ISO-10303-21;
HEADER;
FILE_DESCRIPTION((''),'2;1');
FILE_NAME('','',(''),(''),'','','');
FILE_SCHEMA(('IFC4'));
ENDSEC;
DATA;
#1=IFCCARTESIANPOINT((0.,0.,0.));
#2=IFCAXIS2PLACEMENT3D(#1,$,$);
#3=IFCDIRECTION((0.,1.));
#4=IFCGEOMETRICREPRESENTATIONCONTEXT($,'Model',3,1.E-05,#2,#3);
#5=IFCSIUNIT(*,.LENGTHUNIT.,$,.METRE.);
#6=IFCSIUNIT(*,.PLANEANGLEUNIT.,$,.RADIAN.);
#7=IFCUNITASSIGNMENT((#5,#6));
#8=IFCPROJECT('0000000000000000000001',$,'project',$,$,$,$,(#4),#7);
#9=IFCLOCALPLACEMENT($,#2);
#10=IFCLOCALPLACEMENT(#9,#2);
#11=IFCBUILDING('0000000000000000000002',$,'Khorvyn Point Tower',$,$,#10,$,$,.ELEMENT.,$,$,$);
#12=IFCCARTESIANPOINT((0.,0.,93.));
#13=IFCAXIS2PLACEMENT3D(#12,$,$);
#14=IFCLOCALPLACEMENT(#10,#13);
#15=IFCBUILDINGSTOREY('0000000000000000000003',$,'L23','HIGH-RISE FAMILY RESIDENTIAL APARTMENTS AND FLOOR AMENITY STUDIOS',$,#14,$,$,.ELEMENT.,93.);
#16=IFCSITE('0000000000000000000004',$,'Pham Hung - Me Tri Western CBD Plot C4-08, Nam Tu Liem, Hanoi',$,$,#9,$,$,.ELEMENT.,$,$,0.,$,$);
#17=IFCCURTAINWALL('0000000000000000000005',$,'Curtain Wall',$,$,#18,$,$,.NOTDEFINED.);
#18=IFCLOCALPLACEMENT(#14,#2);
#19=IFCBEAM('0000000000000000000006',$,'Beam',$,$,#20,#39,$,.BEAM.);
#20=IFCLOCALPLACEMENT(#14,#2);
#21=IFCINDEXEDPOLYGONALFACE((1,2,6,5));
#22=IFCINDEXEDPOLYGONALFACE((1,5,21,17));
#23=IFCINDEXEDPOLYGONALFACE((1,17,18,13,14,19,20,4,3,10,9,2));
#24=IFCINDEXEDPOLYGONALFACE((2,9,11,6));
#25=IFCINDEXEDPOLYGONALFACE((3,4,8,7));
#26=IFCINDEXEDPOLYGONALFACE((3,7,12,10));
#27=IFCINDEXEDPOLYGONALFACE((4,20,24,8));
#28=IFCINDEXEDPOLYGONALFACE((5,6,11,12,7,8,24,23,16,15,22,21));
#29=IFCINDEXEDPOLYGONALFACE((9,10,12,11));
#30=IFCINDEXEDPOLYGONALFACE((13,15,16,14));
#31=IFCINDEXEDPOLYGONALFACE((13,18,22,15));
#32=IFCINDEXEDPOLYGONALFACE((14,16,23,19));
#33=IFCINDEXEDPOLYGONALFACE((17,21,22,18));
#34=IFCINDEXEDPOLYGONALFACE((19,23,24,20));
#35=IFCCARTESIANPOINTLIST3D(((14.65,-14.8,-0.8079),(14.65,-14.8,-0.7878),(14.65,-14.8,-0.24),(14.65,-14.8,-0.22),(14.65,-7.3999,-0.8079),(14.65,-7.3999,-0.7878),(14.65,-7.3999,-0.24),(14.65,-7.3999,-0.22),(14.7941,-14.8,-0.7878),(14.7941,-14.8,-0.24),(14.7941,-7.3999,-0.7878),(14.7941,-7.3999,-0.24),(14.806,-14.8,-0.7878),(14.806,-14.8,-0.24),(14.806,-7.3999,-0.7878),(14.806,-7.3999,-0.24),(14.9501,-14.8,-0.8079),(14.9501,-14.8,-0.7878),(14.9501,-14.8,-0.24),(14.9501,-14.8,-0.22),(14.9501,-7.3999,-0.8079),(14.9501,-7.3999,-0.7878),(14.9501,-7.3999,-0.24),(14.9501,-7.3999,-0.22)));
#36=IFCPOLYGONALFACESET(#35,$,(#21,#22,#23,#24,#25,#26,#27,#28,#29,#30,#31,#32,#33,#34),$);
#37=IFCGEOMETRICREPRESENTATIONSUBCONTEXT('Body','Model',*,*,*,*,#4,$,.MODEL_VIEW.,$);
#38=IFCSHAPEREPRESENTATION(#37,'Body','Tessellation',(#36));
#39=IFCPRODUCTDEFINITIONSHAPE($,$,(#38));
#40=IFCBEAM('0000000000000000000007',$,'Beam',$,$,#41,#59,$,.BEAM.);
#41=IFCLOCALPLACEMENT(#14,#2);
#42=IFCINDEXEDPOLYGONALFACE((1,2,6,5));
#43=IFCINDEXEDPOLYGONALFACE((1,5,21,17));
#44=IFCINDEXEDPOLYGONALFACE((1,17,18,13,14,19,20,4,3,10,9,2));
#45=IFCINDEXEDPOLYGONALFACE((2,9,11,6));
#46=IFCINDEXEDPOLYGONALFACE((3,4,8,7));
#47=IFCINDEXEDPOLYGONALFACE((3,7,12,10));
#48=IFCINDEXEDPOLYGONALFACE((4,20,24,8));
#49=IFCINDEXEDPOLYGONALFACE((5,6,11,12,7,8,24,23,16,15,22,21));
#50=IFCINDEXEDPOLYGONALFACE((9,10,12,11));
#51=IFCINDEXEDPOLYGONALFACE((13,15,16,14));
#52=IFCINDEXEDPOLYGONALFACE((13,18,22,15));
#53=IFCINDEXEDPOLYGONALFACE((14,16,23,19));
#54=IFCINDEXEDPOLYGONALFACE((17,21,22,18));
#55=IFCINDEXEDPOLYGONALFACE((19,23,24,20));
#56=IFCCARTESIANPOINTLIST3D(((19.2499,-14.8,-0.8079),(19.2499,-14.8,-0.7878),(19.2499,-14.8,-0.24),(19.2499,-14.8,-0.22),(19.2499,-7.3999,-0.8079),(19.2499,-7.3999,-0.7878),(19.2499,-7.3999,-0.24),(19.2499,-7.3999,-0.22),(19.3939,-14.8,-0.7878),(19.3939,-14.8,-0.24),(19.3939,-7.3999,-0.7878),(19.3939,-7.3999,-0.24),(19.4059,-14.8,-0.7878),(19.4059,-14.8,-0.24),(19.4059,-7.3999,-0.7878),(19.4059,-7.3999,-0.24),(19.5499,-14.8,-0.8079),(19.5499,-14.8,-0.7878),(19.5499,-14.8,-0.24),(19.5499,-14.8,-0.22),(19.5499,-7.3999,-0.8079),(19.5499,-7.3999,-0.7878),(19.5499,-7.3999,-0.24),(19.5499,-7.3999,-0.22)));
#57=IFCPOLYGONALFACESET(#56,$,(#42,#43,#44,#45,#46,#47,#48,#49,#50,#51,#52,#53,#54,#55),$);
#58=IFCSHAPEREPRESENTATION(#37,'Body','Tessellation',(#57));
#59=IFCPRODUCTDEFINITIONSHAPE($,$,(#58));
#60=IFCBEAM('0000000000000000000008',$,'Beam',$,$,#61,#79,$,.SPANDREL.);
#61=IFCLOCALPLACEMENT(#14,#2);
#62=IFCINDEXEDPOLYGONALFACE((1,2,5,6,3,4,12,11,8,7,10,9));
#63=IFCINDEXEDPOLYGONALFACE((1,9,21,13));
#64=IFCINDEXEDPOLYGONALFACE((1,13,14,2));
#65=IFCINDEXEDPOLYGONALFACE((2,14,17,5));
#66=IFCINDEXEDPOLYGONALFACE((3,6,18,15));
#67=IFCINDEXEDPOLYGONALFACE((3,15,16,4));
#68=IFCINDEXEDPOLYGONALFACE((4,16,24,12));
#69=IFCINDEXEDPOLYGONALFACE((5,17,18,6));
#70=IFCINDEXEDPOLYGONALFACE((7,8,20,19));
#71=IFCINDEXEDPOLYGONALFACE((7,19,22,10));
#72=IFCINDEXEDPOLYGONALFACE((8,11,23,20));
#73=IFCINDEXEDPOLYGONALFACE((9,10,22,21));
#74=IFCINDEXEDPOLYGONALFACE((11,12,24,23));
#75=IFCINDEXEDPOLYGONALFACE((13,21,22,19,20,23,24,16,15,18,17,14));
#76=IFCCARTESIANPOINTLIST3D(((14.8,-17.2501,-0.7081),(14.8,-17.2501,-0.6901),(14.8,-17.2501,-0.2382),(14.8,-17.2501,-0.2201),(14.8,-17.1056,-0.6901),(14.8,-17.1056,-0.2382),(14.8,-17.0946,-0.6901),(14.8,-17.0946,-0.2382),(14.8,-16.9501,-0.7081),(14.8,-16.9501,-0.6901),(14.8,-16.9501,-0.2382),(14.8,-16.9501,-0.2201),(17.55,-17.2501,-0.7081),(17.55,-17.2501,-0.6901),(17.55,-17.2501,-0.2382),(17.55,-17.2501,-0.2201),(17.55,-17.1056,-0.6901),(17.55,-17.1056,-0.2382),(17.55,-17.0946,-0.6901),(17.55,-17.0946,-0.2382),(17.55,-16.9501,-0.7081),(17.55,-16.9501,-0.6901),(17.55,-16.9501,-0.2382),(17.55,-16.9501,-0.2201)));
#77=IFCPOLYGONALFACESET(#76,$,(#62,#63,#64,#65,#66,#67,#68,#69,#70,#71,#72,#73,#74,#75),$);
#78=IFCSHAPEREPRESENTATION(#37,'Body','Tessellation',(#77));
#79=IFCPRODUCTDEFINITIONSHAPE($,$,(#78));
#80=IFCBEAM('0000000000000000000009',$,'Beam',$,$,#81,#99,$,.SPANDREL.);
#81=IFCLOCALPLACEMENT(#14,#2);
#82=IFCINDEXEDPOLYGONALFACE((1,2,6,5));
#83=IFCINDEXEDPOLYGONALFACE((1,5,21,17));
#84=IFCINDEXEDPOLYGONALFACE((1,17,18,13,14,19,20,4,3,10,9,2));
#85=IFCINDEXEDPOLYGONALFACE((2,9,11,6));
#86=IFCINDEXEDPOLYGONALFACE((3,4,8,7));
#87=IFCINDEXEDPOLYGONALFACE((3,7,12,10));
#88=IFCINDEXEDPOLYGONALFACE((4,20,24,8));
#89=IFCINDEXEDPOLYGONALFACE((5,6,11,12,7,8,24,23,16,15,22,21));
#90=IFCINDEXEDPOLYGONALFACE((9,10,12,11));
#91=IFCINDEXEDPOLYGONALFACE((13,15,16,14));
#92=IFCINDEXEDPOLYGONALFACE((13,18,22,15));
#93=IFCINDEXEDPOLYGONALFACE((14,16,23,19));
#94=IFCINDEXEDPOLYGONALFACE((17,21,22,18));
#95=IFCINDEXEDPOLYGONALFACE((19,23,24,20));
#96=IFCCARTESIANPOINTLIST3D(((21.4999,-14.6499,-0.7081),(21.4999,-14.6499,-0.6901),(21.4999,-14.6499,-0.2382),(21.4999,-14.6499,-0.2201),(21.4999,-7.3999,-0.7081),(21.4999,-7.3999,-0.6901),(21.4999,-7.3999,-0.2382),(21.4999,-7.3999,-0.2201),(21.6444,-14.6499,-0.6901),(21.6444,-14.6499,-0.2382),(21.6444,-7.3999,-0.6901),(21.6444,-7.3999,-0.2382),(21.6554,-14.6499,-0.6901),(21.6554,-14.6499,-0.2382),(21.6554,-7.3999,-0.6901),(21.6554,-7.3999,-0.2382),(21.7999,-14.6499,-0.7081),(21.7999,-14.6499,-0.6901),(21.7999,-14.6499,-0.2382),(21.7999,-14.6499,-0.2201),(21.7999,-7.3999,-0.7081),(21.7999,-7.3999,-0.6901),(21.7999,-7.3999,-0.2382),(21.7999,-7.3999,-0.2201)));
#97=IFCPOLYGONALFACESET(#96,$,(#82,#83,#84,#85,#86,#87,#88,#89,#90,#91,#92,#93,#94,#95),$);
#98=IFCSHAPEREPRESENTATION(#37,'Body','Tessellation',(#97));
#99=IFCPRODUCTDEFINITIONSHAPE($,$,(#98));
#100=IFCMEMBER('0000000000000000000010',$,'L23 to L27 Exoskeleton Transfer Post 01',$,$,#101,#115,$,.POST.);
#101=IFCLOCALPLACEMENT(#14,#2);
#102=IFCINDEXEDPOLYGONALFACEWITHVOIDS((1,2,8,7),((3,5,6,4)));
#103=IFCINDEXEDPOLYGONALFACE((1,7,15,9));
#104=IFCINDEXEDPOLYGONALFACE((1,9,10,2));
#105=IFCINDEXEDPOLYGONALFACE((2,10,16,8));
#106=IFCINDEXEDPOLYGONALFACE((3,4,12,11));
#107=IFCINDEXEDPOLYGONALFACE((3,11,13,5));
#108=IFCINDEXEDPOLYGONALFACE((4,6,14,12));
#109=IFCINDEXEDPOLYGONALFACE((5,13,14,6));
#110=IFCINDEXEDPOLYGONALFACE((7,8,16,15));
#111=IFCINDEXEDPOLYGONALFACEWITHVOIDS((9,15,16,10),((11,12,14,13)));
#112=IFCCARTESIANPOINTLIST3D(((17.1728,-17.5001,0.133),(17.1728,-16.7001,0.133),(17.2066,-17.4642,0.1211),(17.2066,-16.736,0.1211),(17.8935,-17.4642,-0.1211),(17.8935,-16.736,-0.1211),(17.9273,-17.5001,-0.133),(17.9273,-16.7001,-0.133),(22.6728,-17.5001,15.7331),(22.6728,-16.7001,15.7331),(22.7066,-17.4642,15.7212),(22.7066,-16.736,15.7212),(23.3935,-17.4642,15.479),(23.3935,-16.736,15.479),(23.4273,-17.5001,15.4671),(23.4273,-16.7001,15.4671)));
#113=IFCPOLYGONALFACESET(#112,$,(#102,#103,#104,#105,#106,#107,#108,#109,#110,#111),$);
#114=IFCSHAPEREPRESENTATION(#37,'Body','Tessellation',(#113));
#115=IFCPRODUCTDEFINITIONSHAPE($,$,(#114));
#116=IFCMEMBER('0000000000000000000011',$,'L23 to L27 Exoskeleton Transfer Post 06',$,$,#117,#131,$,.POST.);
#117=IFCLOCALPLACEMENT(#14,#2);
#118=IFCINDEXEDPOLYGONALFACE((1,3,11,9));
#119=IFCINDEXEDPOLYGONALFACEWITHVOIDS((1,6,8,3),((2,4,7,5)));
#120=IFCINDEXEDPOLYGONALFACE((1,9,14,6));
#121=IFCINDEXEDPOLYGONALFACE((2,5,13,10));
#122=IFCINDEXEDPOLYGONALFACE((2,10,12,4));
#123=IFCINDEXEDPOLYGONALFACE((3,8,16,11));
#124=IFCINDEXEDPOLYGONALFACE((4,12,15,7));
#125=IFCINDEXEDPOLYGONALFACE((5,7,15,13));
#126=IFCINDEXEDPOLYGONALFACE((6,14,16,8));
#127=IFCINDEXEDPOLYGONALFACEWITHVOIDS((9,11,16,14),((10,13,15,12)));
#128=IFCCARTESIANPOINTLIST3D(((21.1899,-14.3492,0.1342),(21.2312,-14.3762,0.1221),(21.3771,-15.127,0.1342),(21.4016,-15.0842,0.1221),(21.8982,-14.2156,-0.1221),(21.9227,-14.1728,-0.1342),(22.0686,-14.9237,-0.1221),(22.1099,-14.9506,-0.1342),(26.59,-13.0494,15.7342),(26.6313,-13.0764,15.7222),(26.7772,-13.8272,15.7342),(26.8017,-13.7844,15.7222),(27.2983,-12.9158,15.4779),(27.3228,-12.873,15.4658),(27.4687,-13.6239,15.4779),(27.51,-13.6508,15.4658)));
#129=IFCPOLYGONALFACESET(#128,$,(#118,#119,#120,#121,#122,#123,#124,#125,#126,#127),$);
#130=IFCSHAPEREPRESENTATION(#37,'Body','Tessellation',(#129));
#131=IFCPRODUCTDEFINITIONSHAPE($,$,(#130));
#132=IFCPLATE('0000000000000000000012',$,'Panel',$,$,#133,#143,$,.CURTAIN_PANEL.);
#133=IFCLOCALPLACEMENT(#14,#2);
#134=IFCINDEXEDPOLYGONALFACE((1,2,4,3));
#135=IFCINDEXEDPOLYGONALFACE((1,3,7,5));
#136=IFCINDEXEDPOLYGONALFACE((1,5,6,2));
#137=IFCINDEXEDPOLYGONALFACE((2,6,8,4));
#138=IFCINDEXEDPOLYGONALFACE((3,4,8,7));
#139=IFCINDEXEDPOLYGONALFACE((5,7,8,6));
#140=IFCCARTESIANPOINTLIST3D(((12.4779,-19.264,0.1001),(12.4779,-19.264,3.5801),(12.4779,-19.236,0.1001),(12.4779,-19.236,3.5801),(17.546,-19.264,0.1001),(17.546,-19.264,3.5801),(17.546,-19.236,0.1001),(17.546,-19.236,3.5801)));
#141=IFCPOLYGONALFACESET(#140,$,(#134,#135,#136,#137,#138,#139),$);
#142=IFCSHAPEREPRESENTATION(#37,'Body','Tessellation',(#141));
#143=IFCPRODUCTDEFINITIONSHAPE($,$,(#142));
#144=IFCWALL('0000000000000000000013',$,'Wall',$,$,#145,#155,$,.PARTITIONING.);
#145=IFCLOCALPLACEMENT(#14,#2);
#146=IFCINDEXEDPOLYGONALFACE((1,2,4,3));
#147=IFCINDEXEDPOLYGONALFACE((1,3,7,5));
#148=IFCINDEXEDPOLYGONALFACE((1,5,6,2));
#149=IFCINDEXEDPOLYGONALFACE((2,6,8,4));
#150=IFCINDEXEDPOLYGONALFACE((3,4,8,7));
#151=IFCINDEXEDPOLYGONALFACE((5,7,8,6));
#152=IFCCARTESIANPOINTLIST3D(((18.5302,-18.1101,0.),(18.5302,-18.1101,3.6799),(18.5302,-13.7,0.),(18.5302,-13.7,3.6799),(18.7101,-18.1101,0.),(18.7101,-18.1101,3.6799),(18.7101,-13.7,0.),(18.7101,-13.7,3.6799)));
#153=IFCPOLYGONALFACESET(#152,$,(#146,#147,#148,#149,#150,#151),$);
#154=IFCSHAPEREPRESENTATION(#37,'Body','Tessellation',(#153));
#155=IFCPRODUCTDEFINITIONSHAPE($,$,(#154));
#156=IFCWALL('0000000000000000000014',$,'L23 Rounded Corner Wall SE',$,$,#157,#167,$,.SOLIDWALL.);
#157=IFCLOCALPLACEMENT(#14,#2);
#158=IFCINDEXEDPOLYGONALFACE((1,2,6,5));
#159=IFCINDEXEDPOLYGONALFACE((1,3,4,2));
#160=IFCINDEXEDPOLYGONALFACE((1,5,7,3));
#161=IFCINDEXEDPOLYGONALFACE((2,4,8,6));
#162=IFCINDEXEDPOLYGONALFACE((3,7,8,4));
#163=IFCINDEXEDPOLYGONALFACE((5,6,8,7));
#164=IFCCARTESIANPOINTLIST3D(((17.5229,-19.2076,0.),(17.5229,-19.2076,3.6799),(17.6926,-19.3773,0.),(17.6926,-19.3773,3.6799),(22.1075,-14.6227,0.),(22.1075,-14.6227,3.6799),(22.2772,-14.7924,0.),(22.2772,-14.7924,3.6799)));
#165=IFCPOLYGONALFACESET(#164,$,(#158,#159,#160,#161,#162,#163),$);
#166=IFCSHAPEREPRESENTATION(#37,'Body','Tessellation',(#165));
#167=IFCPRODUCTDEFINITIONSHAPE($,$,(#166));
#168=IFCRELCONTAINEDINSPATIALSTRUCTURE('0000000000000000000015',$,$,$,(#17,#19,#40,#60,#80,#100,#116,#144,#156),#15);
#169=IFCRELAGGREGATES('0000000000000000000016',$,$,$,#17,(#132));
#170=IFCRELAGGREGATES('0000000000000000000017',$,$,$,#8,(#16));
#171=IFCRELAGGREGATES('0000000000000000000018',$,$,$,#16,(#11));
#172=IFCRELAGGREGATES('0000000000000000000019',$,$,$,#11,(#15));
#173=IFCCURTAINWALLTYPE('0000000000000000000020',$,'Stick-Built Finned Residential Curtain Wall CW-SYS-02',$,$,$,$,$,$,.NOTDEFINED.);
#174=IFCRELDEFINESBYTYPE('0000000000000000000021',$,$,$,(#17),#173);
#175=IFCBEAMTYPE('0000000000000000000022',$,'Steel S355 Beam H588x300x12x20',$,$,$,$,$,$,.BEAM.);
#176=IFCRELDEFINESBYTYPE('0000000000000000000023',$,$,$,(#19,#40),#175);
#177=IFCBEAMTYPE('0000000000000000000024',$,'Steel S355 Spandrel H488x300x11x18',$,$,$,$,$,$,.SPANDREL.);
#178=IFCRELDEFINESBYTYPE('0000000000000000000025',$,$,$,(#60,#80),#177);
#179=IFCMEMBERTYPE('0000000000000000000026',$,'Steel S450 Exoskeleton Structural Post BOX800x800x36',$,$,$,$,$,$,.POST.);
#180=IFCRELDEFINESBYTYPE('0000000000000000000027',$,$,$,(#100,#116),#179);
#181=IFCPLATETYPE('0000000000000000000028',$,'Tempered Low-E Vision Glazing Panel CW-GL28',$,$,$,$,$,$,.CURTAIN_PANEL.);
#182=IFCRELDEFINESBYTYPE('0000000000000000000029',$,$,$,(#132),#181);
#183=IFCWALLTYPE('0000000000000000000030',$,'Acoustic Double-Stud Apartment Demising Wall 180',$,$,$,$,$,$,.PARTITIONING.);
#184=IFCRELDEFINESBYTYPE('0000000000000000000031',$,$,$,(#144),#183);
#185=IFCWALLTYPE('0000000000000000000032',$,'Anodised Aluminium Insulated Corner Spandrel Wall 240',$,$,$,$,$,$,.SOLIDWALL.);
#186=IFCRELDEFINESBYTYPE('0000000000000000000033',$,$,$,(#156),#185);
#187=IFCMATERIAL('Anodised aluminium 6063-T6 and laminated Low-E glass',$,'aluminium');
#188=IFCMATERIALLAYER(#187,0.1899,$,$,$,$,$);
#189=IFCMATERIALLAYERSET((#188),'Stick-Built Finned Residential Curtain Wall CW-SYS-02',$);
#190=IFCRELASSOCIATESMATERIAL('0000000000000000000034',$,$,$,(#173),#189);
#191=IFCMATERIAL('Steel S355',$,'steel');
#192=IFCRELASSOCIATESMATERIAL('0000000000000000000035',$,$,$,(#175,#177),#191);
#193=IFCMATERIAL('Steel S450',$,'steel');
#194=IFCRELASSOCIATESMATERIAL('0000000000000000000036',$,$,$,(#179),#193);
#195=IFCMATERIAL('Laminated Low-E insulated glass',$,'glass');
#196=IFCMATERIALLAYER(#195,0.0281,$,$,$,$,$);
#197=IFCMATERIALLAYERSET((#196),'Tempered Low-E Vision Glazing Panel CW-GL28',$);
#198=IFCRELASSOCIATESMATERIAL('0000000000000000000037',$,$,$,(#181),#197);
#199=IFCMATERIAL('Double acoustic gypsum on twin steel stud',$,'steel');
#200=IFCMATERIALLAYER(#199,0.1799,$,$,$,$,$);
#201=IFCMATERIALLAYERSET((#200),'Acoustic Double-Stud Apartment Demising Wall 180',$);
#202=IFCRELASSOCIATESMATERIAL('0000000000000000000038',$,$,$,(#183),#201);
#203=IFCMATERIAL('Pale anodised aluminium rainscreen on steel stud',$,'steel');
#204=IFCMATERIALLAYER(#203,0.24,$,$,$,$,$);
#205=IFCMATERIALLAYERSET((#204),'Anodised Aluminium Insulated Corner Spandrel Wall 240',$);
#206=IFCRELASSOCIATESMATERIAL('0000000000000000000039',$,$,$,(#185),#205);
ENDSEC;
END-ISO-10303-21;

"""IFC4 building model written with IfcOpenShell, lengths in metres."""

from ifc_helpers import new_model, si_unit, direction, frame, frame_2d, origin, origin_2d, place, context, subcontext, project, spatial, rectangle, hollow_rectangle, i_section, extrude, material, layer, layer_set, material_profile, profile_set, type_object, element, aggregate, save


model = new_model("IFC4")

# Units and contexts
model_context = context("Model", 3, precision=1e-05, world=origin(), true_north=direction((0.0, 1.0)))
body_context = subcontext(model_context, "Body", "Model", "MODEL_VIEW")
ifc_project = project(units=[si_unit("LENGTHUNIT", "METRE"), si_unit("PLANEANGLEUNIT", "RADIAN")], contexts=[model_context])

# Site, building, storey
site_placement = place(None, origin())
site = spatial("IfcSite", under=ifc_project, at=site_placement, Name="Pham Hung - Me Tri Western CBD Plot C4-08, Nam Tu Liem, Hanoi", CompositionType="ELEMENT", RefElevation=0.0)
building_placement = place(site_placement, origin())
building = spatial("IfcBuilding", under=site, at=building_placement, Name="Khorvyn Point Tower", CompositionType="ELEMENT")
storey_placement = place(building_placement, frame((0.0, 0.0, 93.0)))
storey = spatial("IfcBuildingStorey", under=building, at=storey_placement, Name="L23", Description="HIGH-RISE FAMILY RESIDENTIAL APARTMENTS AND FLOOR AMENITY STUDIOS", CompositionType="ELEMENT", Elevation=93.0)

# Shared definitions
ifc_material_1 = material(Name="Steel S450", Category="steel")

# Curtain wall
ifc_material_2 = material(Name="Anodised aluminium 6063-T6 and laminated Low-E glass", Category="aluminium")
ifc_layer_1 = layer(ifc_material_2, 0.1899)
ifc_layer_set_1 = layer_set([ifc_layer_1], Name="Stick-Built Finned Residential Curtain Wall CW-SYS-02")
curtain_wall_type = type_object("IfcCurtainWallType", Name="Stick-Built Finned Residential Curtain Wall CW-SYS-02", PredefinedType="NOTDEFINED", material=ifc_layer_set_1)
curtain_wall_1_placement = place(storey_placement, origin())
curtain_wall_1 = element("IfcCurtainWall", 1, at=curtain_wall_1_placement, inside=storey, type_object=curtain_wall_type, Name="Curtain Wall", PredefinedType="NOTDEFINED")

# Beams
ifc_material_3 = material(Name="Steel S355", Category="steel")
ifc_material_profile_1 = material_profile(ifc_material_3, i_section(OverallWidth=0.3, OverallDepth=0.5879, WebThickness=0.012, FlangeThickness=0.02, at=origin_2d()))
ifc_profile_set_1 = profile_set([ifc_material_profile_1], Name="Steel S355 H588x300x12x20")
beam_type_1 = type_object("IfcBeamType", Name="Steel S355 Beam H588x300x12x20", PredefinedType="BEAM", material=ifc_profile_set_1)
for number, where, z_axis, x_axis, name in (
    (2, (14.8, -14.8, -0.5139), (0.0, 1.0, 0.0), (-1.0, 0.0, 0.0), "Beam"),
    (3, (19.3999, -14.8, -0.5139), (0.0, 1.0, 0.0), (-1.0, 0.0, 0.0), "Beam"),
):
    element("IfcBeam", number, at=place(storey_placement, frame(where, z_axis=z_axis, x_axis=x_axis)), inside=storey, type_object=beam_type_1, Name=name, PredefinedType="BEAM", context=body_context, shape_type="SweptSolid", body=[
        extrude(i_section(OverallWidth=0.3, OverallDepth=0.5879, WebThickness=0.012, FlangeThickness=0.02, at=origin_2d()), origin(), (0.0, 0.0, 1.0), 7.4001),
    ])
ifc_material_profile_2 = material_profile(ifc_material_3, i_section(OverallWidth=0.3, OverallDepth=0.488, WebThickness=0.011, FlangeThickness=0.0181, at=origin_2d()))
ifc_profile_set_2 = profile_set([ifc_material_profile_2], Name="Steel S355 H488x300x11x18")
beam_type_2 = type_object("IfcBeamType", Name="Steel S355 Spandrel H488x300x11x18", PredefinedType="SPANDREL", material=ifc_profile_set_2)
beam_1_placement = place(storey_placement, frame((14.8, -17.1001, -0.4641), z_axis=(1.0, 0.0, 0.0), x_axis=(0.0, 1.0, 0.0)))
element("IfcBeam", 4, at=beam_1_placement, inside=storey, type_object=beam_type_2, Name="Beam", PredefinedType="SPANDREL", context=body_context, shape_type="SweptSolid", body=[
    extrude(i_section(OverallWidth=0.3, OverallDepth=0.488, WebThickness=0.011, FlangeThickness=0.0181, at=origin_2d()), origin(), (0.0, 0.0, 1.0), 2.75),
])
beam_2_placement = place(storey_placement, frame((21.6499, -14.6499, -0.4641), z_axis=(0.0, 1.0, 0.0), x_axis=(-1.0, 0.0, 0.0)))
element("IfcBeam", 5, at=beam_2_placement, inside=storey, type_object=beam_type_2, Name="Beam", PredefinedType="SPANDREL", context=body_context, shape_type="SweptSolid", body=[
    extrude(i_section(OverallWidth=0.3, OverallDepth=0.488, WebThickness=0.011, FlangeThickness=0.0181, at=origin_2d()), origin(), (0.0, 0.0, 1.0), 7.25),
])

# Members
ifc_material_profile_3 = material_profile(ifc_material_1, hollow_rectangle(XDim=0.8, YDim=0.8, WallThickness=0.0359, at=origin_2d()))
ifc_profile_set_3 = profile_set([ifc_material_profile_3], Name="Steel S450 BOX800x800x36")
member_type_1 = type_object("IfcMemberType", Name="Steel S450 Exoskeleton Structural Post BOX800x800x36", PredefinedType="POST", material=ifc_profile_set_3)
member_1_placement = place(storey_placement, frame((17.55, -17.1001, 0.0), z_axis=(0.332502, 0.0, 0.943103), x_axis=(0.0, 1.0, 0.0)))
element("IfcMember", 6, at=member_1_placement, inside=storey, type_object=member_type_1, Name="L23 to L27 Exoskeleton Transfer Post 01", PredefinedType="POST", context=body_context, shape_type="SweptSolid", body=[
    extrude(hollow_rectangle(XDim=0.8, YDim=0.8, WallThickness=0.0359, at=origin_2d()), origin(), (0.0, 0.0, 1.0), 16.5413),
])
member_2_placement = place(storey_placement, frame((21.6499, -14.6499, 0.0), z_axis=(0.326107, 0.078493, 0.942068), x_axis=(-0.234015, 0.972233, 0.0)))
element("IfcMember", 7, at=member_2_placement, inside=storey, type_object=member_type_1, Name="L23 to L27 Exoskeleton Transfer Post 06", PredefinedType="POST", context=body_context, shape_type="SweptSolid", body=[
    extrude(hollow_rectangle(XDim=0.8, YDim=0.8, WallThickness=0.0359, at=origin_2d()), origin(), (0.0, 0.0, 1.0), 16.5593),
])

# Plate
ifc_material_4 = material(Name="Laminated Low-E insulated glass", Category="glass")
ifc_layer_2 = layer(ifc_material_4, 0.0281)
ifc_layer_set_2 = layer_set([ifc_layer_2], Name="Tempered Low-E Vision Glazing Panel CW-GL28")
plate_type = type_object("IfcPlateType", Name="Tempered Low-E Vision Glazing Panel CW-GL28", PredefinedType="CURTAIN_PANEL", material=ifc_layer_set_2)
plate_placement = place(storey_placement, frame((15.012, -19.25, 0.1001), z_axis=(0.0, 0.0, 1.0), x_axis=(-1.0, 0.0, 0.0)))
plate = element("IfcPlate", 8, at=plate_placement, type_object=plate_type, Name="Panel", PredefinedType="CURTAIN_PANEL", context=body_context, shape_type="SweptSolid", body=[
    extrude(rectangle(XDim=5.0681, YDim=0.0281, at=origin_2d()), origin(), (0.0, 0.0, 1.0), 3.48),
])
aggregate(curtain_wall_1, [plate])

# Walls
ifc_material_5 = material(Name="Double acoustic gypsum on twin steel stud", Category="steel")
ifc_layer_3 = layer(ifc_material_5, 0.1799)
ifc_layer_set_3 = layer_set([ifc_layer_3], Name="Acoustic Double-Stud Apartment Demising Wall 180")
wall_type_1 = type_object("IfcWallType", Name="Acoustic Double-Stud Apartment Demising Wall 180", PredefinedType="PARTITIONING", material=ifc_layer_set_3)
wall_1_placement = place(storey_placement, frame((18.6201, -18.1101, 0.0), z_axis=(0.0, 0.0, 1.0), x_axis=(0.0, 1.0, 0.0)))
element("IfcWall", 9, at=wall_1_placement, inside=storey, type_object=wall_type_1, Name="Wall", PredefinedType="PARTITIONING", context=body_context, shape_type="SweptSolid", body=[
    extrude(rectangle(XDim=4.4102, YDim=0.1799, at=frame_2d((2.2051, 0.0))), origin(), (0.0, 0.0, 1.0), 3.6799),
])
ifc_material_6 = material(Name="Pale anodised aluminium rainscreen on steel stud", Category="steel")
ifc_layer_4 = layer(ifc_material_6, 0.24)
ifc_layer_set_4 = layer_set([ifc_layer_4], Name="Anodised Aluminium Insulated Corner Spandrel Wall 240")
wall_type_2 = type_object("IfcWallType", Name="Anodised Aluminium Insulated Corner Spandrel Wall 240", PredefinedType="SOLIDWALL", material=ifc_layer_set_4)
wall_2_placement = place(storey_placement, frame((22.1924, -14.7075, 0.0), z_axis=(0.0, 0.0, 1.0), x_axis=(-0.707088, -0.707126, 0.0)))
element("IfcWall", 10, at=wall_2_placement, inside=storey, type_object=wall_type_2, Name="L23 Rounded Corner Wall SE", PredefinedType="SOLIDWALL", context=body_context, shape_type="SweptSolid", body=[
    extrude(rectangle(XDim=6.4839, YDim=0.24, at=frame_2d((3.2419, 0.0))), origin(), (0.0, 0.0, 1.0), 3.6799),
])

save(model, "model.ifc")
